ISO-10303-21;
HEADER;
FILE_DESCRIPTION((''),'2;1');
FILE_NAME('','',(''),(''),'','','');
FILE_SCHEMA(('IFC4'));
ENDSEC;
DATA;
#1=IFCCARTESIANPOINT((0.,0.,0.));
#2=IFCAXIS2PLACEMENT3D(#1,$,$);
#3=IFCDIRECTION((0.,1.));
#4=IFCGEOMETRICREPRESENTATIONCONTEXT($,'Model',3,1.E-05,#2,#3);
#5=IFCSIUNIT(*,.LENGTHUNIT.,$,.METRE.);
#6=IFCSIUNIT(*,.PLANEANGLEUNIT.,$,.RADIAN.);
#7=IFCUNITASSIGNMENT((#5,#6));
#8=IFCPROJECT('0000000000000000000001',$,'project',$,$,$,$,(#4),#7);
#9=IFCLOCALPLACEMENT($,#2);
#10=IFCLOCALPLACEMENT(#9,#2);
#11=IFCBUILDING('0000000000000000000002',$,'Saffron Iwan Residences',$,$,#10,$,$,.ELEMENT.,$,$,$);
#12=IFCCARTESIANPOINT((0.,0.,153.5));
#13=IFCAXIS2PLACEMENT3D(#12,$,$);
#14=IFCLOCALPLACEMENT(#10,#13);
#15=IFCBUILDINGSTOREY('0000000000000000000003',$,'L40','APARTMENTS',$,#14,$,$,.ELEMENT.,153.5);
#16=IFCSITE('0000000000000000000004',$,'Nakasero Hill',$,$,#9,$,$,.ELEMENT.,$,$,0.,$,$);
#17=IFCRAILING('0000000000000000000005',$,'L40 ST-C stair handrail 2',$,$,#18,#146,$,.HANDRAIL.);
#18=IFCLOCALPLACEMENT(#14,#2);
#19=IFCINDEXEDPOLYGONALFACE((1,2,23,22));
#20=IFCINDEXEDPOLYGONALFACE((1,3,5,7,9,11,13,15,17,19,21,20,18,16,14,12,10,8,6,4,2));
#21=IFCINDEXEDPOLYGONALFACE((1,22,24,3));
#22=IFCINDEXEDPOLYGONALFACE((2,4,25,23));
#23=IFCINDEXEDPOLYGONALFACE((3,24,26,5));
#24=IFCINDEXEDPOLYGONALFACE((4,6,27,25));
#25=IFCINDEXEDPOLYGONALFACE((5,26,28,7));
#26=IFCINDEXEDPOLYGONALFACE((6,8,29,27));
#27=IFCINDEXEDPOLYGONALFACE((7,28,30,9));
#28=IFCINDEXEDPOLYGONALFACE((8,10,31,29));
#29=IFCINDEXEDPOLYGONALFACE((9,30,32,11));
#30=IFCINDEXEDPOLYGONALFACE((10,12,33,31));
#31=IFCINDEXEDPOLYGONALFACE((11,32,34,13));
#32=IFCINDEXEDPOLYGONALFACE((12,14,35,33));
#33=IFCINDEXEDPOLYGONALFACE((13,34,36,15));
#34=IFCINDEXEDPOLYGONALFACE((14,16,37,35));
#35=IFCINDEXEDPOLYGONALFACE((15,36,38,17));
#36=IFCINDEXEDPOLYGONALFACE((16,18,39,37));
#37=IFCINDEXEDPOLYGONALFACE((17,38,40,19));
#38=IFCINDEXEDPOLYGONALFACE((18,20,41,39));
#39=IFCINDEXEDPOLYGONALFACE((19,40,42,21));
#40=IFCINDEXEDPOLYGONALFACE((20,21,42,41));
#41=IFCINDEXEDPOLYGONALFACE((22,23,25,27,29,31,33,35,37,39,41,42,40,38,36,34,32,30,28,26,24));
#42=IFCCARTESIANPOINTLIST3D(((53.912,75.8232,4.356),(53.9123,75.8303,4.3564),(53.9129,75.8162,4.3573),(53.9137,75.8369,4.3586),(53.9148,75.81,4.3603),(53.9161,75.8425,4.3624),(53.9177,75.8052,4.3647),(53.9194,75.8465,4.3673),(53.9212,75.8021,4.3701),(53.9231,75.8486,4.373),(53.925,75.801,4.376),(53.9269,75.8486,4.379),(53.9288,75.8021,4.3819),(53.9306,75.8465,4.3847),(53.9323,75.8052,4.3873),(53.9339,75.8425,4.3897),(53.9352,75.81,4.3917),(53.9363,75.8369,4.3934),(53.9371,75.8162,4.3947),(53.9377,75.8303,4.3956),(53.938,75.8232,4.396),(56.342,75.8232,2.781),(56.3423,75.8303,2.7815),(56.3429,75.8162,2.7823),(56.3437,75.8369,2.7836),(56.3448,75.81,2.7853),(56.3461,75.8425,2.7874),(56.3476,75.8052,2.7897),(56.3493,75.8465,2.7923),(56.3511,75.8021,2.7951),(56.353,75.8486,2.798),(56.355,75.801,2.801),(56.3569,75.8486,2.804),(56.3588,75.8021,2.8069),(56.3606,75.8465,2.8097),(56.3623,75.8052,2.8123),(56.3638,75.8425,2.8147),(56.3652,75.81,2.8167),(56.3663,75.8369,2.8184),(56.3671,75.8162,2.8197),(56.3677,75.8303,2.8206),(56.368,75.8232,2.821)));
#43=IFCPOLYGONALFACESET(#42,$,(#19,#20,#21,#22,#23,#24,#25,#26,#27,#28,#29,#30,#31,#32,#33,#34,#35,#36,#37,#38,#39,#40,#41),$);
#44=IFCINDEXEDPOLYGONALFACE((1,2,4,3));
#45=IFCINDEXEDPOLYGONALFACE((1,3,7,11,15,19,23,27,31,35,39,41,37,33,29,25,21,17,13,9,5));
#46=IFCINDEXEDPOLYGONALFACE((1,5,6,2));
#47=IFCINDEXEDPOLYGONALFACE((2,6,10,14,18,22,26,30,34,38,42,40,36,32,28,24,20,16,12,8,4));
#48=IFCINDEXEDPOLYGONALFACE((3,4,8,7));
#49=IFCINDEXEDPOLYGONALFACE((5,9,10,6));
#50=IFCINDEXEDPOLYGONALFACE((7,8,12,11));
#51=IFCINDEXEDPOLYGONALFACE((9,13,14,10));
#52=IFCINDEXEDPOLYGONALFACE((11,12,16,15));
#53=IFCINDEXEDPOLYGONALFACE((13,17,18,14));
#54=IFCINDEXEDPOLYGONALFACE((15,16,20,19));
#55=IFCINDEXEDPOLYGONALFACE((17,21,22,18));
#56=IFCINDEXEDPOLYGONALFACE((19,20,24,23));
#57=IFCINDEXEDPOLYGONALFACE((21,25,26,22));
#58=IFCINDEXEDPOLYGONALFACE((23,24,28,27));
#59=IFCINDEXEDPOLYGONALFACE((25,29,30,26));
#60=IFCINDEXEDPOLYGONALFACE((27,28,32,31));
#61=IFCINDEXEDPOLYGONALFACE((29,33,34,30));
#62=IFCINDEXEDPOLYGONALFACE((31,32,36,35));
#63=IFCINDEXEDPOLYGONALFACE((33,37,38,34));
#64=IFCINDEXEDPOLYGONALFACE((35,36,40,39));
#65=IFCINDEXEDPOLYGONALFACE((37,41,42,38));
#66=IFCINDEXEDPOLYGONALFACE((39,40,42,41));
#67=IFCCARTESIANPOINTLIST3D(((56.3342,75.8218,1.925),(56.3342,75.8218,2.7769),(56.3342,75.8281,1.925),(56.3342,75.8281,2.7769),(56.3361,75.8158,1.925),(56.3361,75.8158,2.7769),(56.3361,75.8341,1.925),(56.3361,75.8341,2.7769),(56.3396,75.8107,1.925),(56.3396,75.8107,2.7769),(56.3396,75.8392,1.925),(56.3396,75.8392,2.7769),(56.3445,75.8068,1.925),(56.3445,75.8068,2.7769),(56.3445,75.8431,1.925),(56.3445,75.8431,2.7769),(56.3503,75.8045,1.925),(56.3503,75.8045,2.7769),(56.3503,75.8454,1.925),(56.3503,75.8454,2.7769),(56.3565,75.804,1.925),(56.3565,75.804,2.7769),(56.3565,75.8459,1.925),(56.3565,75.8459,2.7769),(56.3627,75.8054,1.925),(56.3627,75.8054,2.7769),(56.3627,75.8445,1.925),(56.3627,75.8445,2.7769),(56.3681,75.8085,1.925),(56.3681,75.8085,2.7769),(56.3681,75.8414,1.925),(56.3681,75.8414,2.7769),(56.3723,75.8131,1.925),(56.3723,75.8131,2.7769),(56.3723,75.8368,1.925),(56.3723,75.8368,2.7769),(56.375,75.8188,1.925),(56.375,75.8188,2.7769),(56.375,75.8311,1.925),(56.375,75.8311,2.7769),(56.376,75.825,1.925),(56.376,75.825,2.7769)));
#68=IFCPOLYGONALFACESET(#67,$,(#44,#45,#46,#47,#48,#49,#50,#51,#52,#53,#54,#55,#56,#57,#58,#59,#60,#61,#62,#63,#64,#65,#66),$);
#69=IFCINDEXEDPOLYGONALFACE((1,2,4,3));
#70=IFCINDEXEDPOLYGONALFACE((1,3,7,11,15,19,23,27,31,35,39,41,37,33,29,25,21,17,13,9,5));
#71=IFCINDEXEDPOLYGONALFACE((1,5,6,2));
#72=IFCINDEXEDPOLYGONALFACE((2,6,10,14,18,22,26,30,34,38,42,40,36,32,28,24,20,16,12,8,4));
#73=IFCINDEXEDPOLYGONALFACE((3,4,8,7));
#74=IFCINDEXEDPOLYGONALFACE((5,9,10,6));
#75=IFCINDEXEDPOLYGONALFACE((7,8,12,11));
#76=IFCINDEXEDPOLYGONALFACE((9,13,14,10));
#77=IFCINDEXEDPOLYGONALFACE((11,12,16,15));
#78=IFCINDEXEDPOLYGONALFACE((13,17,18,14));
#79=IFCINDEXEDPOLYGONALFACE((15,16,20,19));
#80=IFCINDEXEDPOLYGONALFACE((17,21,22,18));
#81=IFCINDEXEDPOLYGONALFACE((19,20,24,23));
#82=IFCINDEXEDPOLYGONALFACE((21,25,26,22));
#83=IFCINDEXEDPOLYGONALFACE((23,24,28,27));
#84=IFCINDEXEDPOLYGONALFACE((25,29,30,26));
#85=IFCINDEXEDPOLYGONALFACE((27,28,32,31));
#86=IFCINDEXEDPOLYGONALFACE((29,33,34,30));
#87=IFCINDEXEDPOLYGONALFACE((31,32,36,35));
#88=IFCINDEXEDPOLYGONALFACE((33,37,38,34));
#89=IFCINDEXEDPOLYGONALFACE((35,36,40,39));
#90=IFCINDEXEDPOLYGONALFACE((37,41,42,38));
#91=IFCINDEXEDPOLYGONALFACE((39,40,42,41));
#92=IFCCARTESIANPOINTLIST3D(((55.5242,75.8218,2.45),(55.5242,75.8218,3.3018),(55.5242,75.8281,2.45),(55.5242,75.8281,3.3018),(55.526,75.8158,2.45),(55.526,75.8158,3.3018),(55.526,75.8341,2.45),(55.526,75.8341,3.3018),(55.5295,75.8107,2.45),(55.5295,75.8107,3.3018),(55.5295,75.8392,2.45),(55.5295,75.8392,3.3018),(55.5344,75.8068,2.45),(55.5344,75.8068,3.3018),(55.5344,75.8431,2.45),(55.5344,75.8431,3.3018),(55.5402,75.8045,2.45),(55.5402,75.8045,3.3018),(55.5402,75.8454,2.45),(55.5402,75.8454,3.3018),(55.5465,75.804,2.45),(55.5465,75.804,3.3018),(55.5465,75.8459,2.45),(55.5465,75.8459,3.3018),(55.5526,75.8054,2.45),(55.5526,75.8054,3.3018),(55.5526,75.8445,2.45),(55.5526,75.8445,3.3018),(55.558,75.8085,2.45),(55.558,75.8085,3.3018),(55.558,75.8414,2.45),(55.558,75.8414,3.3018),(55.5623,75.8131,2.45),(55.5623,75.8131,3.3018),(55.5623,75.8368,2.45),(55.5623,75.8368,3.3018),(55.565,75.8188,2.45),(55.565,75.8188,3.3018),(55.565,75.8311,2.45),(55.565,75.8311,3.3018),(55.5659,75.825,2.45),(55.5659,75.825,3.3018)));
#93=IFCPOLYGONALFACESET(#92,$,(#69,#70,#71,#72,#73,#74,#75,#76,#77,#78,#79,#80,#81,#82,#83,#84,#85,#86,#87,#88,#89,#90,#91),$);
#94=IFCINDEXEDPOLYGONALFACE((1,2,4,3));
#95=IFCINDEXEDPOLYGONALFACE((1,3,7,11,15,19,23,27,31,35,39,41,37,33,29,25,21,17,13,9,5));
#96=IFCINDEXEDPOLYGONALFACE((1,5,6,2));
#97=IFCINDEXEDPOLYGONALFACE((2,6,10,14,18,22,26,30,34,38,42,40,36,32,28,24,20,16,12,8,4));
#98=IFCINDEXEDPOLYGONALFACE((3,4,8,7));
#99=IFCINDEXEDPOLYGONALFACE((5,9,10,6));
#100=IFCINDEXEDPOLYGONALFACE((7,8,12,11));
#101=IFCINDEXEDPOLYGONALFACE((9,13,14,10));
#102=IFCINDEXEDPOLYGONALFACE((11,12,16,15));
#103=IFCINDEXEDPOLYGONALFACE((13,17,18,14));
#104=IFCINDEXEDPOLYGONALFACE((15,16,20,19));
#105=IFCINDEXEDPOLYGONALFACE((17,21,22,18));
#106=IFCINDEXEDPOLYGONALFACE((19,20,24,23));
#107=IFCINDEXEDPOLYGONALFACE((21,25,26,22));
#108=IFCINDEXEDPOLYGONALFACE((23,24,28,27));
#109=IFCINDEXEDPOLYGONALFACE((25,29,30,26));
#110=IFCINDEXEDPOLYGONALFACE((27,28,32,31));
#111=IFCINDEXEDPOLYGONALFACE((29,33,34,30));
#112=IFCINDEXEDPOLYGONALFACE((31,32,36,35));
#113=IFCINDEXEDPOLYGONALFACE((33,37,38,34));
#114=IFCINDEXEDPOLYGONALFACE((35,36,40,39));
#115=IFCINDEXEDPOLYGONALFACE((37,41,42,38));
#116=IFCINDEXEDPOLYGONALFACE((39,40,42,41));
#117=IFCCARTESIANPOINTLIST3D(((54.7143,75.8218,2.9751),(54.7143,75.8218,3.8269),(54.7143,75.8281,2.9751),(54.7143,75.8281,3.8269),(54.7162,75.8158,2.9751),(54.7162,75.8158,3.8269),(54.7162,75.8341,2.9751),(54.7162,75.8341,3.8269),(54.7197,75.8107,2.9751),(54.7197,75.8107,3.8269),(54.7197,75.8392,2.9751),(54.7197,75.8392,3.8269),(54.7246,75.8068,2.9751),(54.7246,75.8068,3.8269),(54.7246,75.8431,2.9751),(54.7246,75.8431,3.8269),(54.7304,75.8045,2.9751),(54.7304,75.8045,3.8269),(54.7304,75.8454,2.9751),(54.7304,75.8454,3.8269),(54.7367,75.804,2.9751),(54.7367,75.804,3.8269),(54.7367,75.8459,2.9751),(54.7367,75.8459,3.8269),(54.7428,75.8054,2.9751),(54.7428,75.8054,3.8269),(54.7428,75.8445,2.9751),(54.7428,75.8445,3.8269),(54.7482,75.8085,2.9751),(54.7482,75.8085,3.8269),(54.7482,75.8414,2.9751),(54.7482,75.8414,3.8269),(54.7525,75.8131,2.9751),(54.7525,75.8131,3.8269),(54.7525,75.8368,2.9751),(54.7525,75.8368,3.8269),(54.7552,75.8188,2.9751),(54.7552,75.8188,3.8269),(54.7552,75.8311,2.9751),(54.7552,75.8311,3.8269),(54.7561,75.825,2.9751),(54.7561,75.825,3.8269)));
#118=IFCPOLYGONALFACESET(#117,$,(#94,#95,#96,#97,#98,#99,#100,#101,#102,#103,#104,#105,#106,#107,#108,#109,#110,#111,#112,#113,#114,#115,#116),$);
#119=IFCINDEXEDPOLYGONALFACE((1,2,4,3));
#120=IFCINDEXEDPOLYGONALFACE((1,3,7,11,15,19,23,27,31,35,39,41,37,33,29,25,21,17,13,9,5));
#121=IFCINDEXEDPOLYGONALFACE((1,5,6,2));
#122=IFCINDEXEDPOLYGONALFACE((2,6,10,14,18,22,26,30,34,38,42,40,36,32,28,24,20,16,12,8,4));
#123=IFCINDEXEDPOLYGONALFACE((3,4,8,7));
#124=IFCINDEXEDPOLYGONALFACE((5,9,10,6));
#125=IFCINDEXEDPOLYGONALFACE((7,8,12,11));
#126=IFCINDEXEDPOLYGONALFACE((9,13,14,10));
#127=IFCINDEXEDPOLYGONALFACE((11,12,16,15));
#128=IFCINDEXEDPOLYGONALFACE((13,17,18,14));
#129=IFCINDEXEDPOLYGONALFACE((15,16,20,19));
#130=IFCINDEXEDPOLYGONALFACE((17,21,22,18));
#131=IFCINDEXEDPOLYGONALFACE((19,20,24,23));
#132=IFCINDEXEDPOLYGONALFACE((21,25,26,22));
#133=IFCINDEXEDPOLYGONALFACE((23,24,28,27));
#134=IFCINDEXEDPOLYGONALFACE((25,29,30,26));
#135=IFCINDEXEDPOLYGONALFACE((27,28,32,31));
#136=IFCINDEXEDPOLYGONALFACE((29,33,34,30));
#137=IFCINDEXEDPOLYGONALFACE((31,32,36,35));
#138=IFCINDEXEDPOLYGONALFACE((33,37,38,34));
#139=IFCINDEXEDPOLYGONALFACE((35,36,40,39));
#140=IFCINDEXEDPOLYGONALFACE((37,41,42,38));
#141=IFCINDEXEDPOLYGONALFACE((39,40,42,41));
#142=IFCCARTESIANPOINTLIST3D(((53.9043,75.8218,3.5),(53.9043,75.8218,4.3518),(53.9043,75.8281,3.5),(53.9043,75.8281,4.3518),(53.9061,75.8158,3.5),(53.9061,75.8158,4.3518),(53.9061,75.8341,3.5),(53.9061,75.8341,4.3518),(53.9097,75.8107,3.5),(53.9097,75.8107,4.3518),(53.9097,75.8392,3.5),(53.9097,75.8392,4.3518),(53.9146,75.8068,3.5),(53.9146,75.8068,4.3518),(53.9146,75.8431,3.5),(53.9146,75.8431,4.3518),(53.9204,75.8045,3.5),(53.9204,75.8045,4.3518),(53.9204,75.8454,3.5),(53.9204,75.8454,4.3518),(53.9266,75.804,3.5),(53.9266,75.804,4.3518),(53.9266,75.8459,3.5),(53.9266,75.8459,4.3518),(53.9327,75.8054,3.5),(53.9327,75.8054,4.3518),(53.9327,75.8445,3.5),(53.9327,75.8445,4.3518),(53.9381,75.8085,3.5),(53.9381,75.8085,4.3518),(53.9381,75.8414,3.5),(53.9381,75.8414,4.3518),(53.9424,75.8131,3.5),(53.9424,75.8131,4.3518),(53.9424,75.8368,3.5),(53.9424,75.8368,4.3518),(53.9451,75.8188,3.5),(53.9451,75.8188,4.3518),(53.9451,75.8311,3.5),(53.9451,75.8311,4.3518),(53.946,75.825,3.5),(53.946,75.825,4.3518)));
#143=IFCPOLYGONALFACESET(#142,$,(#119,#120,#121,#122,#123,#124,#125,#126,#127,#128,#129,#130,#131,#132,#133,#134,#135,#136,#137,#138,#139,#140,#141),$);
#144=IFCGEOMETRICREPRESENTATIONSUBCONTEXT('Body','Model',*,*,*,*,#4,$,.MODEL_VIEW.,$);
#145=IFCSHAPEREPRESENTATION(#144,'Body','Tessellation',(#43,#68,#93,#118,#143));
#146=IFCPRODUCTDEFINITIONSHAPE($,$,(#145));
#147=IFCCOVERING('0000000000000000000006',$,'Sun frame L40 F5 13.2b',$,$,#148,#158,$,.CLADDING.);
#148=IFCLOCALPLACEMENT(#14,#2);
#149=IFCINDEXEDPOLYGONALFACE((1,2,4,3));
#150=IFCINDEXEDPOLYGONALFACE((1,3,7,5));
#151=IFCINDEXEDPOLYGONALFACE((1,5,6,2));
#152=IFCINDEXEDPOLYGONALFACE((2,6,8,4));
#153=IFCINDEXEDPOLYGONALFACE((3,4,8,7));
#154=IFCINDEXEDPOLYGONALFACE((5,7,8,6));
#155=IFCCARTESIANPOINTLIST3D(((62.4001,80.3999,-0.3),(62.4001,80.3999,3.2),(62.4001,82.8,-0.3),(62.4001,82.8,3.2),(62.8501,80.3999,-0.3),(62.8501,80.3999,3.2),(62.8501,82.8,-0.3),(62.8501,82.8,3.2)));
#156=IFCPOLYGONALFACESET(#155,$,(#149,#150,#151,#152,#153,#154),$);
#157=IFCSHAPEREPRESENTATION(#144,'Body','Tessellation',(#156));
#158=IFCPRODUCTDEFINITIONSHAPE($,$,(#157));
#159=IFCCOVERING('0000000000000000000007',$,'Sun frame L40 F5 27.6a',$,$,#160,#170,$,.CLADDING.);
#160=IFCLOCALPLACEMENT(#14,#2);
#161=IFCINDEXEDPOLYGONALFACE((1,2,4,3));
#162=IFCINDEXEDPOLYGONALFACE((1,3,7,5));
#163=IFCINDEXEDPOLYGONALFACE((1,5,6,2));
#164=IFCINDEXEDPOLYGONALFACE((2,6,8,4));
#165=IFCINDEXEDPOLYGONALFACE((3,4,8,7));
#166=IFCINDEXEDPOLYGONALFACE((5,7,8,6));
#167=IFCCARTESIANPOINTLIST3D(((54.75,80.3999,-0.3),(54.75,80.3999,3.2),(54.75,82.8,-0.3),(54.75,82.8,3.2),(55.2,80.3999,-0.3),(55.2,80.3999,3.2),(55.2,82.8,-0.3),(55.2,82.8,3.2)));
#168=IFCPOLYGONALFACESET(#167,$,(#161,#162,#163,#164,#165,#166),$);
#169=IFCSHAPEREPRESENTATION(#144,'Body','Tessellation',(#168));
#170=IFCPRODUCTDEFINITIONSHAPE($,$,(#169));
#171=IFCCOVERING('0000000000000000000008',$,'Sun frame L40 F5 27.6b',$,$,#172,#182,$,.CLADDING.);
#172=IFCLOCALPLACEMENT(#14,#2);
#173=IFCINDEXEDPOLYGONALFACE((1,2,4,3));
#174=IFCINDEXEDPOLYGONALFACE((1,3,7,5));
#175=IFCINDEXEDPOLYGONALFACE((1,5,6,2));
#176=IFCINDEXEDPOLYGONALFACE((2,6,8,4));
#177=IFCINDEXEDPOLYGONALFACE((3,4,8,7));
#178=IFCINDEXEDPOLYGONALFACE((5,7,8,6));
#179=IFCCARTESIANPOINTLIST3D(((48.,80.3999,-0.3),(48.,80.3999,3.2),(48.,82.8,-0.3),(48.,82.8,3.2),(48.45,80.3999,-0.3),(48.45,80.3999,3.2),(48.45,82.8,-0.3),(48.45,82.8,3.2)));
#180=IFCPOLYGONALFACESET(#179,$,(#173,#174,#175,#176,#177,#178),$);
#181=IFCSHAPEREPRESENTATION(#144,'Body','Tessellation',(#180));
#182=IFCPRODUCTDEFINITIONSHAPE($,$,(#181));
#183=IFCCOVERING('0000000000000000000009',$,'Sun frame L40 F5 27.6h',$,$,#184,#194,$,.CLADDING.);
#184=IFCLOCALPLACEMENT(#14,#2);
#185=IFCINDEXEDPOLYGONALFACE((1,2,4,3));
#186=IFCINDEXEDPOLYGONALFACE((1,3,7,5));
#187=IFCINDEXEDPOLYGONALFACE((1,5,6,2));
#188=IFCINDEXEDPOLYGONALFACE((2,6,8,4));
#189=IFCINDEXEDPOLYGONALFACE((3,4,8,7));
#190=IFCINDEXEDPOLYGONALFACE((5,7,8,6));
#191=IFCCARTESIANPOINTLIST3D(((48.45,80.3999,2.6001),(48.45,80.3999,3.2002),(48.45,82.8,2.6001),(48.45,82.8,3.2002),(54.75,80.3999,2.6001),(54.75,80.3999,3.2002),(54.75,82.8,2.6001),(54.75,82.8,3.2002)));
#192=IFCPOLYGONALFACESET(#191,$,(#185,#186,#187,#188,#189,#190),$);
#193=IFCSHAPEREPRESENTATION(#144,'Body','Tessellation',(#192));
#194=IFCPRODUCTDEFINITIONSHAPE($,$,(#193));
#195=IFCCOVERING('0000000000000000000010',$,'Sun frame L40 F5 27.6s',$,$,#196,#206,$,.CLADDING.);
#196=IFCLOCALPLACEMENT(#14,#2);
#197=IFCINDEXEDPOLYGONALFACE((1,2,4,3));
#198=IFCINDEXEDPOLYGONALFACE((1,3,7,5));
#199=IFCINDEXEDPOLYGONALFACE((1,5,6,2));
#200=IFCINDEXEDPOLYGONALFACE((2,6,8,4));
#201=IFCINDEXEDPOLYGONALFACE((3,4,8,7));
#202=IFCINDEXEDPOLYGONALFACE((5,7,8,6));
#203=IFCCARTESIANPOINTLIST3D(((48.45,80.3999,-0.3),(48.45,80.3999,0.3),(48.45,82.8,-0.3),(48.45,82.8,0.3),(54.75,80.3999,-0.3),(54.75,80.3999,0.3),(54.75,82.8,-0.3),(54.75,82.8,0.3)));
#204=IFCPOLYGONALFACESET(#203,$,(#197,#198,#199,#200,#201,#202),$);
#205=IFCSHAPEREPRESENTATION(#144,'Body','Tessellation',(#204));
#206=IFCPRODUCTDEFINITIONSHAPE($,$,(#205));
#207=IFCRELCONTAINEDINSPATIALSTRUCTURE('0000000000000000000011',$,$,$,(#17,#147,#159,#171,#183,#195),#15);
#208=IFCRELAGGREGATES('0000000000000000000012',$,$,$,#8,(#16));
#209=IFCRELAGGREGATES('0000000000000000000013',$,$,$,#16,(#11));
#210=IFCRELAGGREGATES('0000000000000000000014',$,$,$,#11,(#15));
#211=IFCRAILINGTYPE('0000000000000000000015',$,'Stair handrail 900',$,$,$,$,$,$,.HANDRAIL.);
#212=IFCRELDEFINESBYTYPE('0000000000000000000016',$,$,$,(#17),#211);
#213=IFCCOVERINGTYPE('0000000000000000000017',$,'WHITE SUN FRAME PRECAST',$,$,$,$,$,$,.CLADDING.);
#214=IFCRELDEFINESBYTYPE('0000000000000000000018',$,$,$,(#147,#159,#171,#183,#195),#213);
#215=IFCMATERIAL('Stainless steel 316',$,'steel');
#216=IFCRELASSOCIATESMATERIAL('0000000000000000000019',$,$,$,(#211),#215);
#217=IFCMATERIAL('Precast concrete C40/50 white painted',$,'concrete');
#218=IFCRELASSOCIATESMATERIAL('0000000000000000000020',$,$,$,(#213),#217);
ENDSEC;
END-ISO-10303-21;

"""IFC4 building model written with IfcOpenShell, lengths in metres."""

from ifc_helpers import new_model, si_unit, direction, frame, origin, origin_2d, place, context, subcontext, project, spatial, polyline, circle, outline, extrude, material, type_object, element, save


model = new_model("IFC4")

# Units and contexts
model_context = context("Model", 3, precision=1e-05, world=origin(), true_north=direction((0.0, 1.0)))
body_context = subcontext(model_context, "Body", "Model", "MODEL_VIEW")
ifc_project = project(units=[si_unit("LENGTHUNIT", "METRE"), si_unit("PLANEANGLEUNIT", "RADIAN")], contexts=[model_context])

# Site, building, storey
site_placement = place(None, origin())
site = spatial("IfcSite", under=ifc_project, at=site_placement, Name="Nakasero Hill", CompositionType="ELEMENT", RefElevation=0.0)
building_placement = place(site_placement, origin())
building = spatial("IfcBuilding", under=site, at=building_placement, Name="Saffron Iwan Residences", CompositionType="ELEMENT")
storey_placement = place(building_placement, frame((0.0, 0.0, 153.5)))
storey = spatial("IfcBuildingStorey", under=building, at=storey_placement, Name="L40", Description="APARTMENTS", CompositionType="ELEMENT", Elevation=153.5)

# Railing
ifc_material_1 = material(Name="Stainless steel 316", Category="steel")
railing_type_1 = type_object("IfcRailingType", Name="Stair handrail 900", PredefinedType="HANDRAIL", material=ifc_material_1)
railing_1_placement = place(storey_placement, frame((56.355, 75.825, 1.925)))
element("IfcRailing", 1, at=railing_1_placement, inside=storey, type_object=railing_type_1, Name="L40 ST-C stair handrail 2", PredefinedType="HANDRAIL", context=body_context, shape_type="SweptSolid", body=[
    extrude(circle(Radius=0.0239, at=origin_2d()), frame((0.0, 0.0, 0.876), z_axis=(-0.839154, 0.0, 0.543894), x_axis=(0.0, -1.0, 0.0)), (0.0, 0.0, 1.0), 2.8958),
    extrude(circle(Radius=0.021, at=origin_2d()), origin(), (0.0, 0.0, 1.0), 0.8518),
    extrude(circle(Radius=0.021, at=origin_2d()), frame((-0.8101, 0.0, 0.5249)), (0.0, 0.0, 1.0), 0.8518),
    extrude(circle(Radius=0.021, at=origin_2d()), frame((-1.6199, 0.0, 1.05)), (0.0, 0.0, 1.0), 0.8518),
    extrude(circle(Radius=0.021, at=origin_2d()), frame((-2.4299, 0.0, 1.575)), (0.0, 0.0, 1.0), 0.8518),
])

# Coverings
ifc_material_2 = material(Name="Precast concrete C40/50 white painted", Category="concrete")
covering_type_1 = type_object("IfcCoveringType", Name="WHITE SUN FRAME PRECAST", PredefinedType="CLADDING", material=ifc_material_2)
for number, where, z_axis, x_axis, name in (
    (2, (62.8501, 80.3999, -0.3), (0.0, 1.0, 0.0), (-1.0, 0.0, 0.0), "Sun frame L40 F5 13.2b"),
    (3, (55.2, 80.3999, -0.3), (0.0, 1.0, 0.0), (-1.0, 0.0, 0.0), "Sun frame L40 F5 27.6a"),
    (4, (48.45, 80.3999, -0.3), (0.0, 1.0, 0.0), (-1.0, 0.0, 0.0), "Sun frame L40 F5 27.6b"),
):
    element("IfcCovering", number, at=place(storey_placement, frame(where, z_axis=z_axis, x_axis=x_axis)), inside=storey, type_object=covering_type_1, Name=name, PredefinedType="CLADDING", context=body_context, shape_type="SweptSolid", body=[
        extrude(outline(polyline([(0.0, 0.0), (0.45, 0.0), (0.45, 3.5), (0.0, 3.5), (0.0, 0.0)])), origin(), (0.0, 0.0, 1.0), 2.4001),
    ])
for number, where, z_axis, x_axis, name in (
    (5, (54.75, 80.3999, 2.6001), (0.0, 1.0, 0.0), (-1.0, 0.0, 0.0), "Sun frame L40 F5 27.6h"),
    (6, (54.75, 80.3999, -0.3), (0.0, 1.0, 0.0), (-1.0, 0.0, 0.0), "Sun frame L40 F5 27.6s"),
):
    element("IfcCovering", number, at=place(storey_placement, frame(where, z_axis=z_axis, x_axis=x_axis)), inside=storey, type_object=covering_type_1, Name=name, PredefinedType="CLADDING", context=body_context, shape_type="SweptSolid", body=[
        extrude(outline(polyline([(0.0, 0.0), (6.3, 0.0), (6.3, 0.6001), (0.0, 0.6001), (0.0, 0.0)])), origin(), (0.0, 0.0, 1.0), 2.4001),
    ])

save(model, "model.ifc")
